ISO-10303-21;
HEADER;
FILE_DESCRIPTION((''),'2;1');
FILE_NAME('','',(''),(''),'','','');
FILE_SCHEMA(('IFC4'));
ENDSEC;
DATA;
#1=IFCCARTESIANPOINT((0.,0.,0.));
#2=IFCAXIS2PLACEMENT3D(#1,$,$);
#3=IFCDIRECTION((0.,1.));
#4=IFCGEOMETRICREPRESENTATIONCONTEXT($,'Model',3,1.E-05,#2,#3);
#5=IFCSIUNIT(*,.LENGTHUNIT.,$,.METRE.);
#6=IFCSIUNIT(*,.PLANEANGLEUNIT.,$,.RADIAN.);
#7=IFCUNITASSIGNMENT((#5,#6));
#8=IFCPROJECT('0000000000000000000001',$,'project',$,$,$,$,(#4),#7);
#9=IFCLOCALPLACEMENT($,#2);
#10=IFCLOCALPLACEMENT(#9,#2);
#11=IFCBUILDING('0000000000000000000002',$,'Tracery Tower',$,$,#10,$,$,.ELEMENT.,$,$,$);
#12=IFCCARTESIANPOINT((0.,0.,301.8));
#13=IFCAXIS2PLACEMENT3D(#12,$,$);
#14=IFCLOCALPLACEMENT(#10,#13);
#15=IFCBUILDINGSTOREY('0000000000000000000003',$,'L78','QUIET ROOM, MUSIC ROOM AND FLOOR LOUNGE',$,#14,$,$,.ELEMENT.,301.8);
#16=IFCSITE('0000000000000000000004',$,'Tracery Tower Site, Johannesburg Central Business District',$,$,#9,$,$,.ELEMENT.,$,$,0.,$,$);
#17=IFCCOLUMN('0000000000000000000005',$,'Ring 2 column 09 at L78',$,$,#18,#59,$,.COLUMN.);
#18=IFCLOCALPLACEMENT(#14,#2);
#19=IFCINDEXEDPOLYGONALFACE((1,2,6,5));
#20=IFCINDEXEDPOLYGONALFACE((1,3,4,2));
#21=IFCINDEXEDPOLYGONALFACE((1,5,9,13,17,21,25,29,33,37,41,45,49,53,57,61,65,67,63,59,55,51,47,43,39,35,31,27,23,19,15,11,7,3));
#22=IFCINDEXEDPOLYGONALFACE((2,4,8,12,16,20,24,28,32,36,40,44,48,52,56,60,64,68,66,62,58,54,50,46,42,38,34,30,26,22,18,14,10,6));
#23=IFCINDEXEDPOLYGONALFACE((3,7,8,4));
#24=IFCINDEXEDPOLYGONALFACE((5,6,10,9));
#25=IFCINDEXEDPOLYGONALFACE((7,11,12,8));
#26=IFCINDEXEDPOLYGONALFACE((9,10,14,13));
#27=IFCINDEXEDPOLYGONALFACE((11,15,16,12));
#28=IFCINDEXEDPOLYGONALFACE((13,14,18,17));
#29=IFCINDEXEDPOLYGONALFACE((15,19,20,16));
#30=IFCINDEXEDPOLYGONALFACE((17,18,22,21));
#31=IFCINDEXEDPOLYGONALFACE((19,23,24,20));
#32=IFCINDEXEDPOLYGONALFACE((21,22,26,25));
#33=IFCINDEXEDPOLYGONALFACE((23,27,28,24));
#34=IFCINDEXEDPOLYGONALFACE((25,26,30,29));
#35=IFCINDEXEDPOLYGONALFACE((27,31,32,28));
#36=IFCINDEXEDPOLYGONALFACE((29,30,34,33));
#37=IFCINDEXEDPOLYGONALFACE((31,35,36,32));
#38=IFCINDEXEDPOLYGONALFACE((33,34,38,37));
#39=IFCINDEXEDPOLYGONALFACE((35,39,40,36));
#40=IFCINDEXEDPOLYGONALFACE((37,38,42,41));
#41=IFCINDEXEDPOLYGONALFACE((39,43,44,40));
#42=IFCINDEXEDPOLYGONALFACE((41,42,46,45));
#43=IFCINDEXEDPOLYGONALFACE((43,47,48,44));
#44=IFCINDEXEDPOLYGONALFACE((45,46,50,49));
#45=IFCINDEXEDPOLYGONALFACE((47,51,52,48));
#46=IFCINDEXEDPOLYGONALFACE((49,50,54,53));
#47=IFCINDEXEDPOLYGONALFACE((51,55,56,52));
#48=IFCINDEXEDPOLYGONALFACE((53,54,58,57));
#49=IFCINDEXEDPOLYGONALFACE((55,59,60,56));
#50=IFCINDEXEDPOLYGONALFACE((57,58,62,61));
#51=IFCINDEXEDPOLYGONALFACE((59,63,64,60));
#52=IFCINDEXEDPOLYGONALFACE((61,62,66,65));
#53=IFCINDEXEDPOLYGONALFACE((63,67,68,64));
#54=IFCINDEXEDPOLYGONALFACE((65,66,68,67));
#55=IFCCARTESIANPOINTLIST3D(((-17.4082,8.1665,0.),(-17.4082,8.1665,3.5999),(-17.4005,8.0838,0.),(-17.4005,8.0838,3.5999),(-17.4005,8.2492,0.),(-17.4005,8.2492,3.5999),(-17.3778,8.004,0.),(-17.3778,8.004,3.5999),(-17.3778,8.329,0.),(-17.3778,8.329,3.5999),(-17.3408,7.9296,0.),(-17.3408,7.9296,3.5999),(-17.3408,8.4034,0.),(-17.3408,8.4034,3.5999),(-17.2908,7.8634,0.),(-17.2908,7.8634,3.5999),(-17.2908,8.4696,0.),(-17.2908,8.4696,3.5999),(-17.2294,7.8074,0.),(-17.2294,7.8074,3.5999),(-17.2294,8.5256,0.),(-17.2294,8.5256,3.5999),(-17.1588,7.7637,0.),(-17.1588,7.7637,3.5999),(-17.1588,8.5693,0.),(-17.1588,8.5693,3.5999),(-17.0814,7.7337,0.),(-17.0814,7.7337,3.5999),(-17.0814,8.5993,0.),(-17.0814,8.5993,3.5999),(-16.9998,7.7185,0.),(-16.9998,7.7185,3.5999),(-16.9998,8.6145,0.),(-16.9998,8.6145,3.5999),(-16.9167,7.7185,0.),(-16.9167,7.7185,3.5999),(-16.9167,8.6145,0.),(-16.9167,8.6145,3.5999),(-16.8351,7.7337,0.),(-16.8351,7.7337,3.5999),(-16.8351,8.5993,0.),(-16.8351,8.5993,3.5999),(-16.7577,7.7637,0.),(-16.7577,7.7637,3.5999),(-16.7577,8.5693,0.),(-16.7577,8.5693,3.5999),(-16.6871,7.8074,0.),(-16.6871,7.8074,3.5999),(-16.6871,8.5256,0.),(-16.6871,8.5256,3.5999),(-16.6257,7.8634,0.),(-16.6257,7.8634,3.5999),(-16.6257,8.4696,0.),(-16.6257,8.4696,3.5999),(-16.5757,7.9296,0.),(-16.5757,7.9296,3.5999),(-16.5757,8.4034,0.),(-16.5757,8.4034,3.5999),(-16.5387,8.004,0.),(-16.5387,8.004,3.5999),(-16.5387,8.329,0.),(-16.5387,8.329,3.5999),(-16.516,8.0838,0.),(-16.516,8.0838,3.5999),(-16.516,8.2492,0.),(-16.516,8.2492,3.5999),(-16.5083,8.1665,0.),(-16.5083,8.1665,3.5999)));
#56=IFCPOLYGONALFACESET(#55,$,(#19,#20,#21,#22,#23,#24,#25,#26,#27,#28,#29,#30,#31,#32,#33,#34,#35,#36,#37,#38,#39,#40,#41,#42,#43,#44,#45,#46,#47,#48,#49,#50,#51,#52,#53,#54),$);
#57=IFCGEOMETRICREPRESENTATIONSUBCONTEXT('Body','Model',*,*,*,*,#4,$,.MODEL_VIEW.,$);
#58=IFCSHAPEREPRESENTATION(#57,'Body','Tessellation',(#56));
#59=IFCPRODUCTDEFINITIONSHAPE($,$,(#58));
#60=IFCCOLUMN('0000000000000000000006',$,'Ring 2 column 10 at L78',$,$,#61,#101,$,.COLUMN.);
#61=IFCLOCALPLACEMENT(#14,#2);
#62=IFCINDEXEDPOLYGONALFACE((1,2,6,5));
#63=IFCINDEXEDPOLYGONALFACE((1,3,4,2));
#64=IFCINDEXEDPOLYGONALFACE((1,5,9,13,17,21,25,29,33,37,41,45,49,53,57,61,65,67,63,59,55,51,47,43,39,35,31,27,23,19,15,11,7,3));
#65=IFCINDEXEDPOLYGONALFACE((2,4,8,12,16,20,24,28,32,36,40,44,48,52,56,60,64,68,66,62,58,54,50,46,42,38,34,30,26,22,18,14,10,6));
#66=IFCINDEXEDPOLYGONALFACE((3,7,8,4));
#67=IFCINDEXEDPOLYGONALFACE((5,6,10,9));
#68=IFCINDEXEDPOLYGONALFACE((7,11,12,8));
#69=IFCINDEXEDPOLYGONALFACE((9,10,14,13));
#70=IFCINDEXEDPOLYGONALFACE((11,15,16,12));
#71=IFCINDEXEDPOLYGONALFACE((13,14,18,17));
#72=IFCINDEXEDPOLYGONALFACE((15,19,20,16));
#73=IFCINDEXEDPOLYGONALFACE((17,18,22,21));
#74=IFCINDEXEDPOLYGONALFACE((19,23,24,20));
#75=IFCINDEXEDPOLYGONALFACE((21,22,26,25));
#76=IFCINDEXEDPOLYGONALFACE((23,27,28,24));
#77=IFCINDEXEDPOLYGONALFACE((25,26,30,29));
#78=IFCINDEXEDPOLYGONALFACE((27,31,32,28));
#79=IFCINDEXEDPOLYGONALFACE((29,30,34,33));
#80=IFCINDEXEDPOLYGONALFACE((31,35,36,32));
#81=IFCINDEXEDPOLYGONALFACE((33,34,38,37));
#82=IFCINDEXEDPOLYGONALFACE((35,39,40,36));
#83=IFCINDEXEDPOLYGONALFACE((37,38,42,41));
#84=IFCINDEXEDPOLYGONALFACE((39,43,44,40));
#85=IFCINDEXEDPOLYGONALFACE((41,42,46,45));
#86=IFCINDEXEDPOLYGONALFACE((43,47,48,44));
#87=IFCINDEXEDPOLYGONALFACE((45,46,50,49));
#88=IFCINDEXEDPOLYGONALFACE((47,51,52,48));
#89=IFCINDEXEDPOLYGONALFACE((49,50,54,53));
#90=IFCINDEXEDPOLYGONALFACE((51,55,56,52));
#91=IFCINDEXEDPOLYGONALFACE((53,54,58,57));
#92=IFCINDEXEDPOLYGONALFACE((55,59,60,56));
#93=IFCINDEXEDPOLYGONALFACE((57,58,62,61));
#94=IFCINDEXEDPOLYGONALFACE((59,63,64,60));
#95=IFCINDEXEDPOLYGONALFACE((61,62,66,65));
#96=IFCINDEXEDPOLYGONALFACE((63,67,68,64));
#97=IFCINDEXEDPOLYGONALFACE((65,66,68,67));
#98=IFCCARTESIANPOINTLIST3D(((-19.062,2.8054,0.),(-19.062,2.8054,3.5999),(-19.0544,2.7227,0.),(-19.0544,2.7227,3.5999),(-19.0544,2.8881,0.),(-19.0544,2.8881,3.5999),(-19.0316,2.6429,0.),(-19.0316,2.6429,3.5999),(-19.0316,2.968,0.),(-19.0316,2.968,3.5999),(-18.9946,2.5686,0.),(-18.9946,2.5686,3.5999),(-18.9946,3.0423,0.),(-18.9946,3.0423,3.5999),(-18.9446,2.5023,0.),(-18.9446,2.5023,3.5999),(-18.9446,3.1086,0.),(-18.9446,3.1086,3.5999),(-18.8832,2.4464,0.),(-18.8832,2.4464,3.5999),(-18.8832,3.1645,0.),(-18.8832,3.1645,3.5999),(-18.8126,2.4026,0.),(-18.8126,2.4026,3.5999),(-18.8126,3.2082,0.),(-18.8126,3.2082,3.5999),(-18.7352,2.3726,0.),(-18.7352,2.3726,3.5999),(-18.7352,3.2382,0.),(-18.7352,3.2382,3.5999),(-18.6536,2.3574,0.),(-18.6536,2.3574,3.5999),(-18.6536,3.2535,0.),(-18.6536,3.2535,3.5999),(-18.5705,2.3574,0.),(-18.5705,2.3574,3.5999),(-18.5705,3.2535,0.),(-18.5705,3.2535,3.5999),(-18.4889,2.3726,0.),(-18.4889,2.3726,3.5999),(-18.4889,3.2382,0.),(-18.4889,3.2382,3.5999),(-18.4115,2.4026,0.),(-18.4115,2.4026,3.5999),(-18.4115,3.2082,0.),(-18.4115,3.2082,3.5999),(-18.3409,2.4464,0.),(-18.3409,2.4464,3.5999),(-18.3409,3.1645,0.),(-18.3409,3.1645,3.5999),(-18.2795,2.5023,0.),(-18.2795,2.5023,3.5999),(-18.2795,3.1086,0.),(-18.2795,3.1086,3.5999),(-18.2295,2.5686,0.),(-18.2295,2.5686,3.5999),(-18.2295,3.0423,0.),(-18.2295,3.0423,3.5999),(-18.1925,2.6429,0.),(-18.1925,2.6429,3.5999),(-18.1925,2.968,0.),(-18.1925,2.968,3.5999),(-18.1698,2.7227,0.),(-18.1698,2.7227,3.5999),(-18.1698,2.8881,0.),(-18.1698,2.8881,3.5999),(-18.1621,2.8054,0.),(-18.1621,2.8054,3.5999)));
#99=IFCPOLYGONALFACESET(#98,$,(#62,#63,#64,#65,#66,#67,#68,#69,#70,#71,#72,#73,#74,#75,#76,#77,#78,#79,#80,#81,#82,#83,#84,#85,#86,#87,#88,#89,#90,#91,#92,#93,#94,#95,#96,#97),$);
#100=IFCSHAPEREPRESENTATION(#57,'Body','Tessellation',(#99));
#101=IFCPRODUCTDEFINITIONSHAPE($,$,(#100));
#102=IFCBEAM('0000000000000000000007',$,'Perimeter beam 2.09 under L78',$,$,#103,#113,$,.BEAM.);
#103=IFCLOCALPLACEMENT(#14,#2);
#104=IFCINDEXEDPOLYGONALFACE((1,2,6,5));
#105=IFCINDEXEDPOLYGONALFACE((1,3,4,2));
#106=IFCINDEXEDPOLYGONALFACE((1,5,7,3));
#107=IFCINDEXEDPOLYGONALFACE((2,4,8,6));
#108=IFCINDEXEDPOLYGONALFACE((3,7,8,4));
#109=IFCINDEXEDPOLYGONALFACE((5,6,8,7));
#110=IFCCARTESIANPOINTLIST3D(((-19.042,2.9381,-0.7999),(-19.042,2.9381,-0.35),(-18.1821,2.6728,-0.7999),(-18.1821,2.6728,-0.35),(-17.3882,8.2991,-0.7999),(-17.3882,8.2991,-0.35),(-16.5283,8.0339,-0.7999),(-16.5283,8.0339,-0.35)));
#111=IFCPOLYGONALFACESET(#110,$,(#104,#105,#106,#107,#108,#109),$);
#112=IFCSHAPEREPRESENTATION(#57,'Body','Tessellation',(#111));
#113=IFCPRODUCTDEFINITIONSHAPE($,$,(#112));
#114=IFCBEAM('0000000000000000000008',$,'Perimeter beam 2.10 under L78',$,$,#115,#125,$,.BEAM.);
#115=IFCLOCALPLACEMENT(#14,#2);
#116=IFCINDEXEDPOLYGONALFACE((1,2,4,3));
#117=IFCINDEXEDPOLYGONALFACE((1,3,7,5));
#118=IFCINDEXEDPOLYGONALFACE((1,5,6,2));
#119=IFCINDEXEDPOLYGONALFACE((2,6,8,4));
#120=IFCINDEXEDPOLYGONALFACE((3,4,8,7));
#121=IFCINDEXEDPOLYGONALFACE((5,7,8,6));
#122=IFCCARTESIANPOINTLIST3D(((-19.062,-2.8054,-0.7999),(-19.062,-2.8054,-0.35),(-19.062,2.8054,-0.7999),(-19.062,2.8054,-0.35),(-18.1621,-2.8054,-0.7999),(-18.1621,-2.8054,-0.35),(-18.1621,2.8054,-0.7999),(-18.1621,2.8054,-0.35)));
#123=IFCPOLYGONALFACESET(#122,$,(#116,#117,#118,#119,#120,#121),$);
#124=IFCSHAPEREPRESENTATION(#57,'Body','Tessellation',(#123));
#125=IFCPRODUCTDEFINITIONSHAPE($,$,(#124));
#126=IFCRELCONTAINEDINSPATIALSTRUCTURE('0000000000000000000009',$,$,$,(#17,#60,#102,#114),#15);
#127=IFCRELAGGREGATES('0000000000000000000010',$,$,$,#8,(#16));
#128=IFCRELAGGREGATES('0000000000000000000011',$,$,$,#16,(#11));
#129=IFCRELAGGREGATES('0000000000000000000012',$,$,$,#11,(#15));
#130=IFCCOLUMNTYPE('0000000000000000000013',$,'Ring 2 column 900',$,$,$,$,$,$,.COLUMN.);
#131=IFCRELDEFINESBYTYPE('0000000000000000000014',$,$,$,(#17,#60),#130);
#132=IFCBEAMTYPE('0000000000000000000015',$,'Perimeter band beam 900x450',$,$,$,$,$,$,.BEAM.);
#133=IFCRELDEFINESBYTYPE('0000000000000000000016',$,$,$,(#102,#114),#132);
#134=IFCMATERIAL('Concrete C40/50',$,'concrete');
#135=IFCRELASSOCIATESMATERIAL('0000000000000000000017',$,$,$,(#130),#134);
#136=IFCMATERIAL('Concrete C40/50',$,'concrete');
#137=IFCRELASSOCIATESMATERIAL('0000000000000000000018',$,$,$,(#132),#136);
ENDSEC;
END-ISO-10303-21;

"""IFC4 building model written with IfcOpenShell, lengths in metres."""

from ifc_helpers import new_model, si_unit, direction, frame, origin, origin_2d, place, context, subcontext, project, spatial, rectangle, circle, extrude, material, material_profile, profile_set, type_object, element, save


model = new_model("IFC4")

# Units and contexts
model_context = context("Model", 3, precision=1e-05, world=origin(), true_north=direction((0.0, 1.0)))
body_context = subcontext(model_context, "Body", "Model", "MODEL_VIEW")
ifc_project = project(units=[si_unit("LENGTHUNIT", "METRE"), si_unit("PLANEANGLEUNIT", "RADIAN")], contexts=[model_context])

# Site, building, storey
site_placement = place(None, origin())
site = spatial("IfcSite", under=ifc_project, at=site_placement, Name="Tracery Tower Site, Johannesburg Central Business District", CompositionType="ELEMENT", RefElevation=0.0)
building_placement = place(site_placement, origin())
building = spatial("IfcBuilding", under=site, at=building_placement, Name="Tracery Tower", CompositionType="ELEMENT")
storey_placement = place(building_placement, frame((0.0, 0.0, 301.8)))
storey = spatial("IfcBuildingStorey", under=building, at=storey_placement, Name="L78", Description="QUIET ROOM, MUSIC ROOM AND FLOOR LOUNGE", CompositionType="ELEMENT", Elevation=301.8)

# Columns
ifc_material_1 = material(Name="Concrete C40/50", Category="concrete")
ifc_material_profile_1 = material_profile(ifc_material_1, circle(Radius=0.45, at=origin_2d()), Name="RC D900")
ifc_profile_set_1 = profile_set([ifc_material_profile_1], Name="Concrete C40/50")
column_type = type_object("IfcColumnType", Name="Ring 2 column 900", PredefinedType="COLUMN", material=ifc_profile_set_1)
for number, where, z_axis, x_axis, name in (
    (1, (-16.9583, 8.1665, 0.0), (0.0, 0.0, 1.0), (1.0, 0.0, 0.0), "Ring 2 column 09 at L78"),
    (2, (-18.6121, 2.8054, 0.0), (0.0, 0.0, 1.0), (1.0, 0.0, 0.0), "Ring 2 column 10 at L78"),
):
    element("IfcColumn", number, at=place(storey_placement, frame(where, z_axis=z_axis, x_axis=x_axis)), inside=storey, type_object=column_type, Name=name, PredefinedType="COLUMN", context=body_context, shape_type="SweptSolid", body=[
        extrude(circle(Radius=0.45, at=origin_2d()), origin(), (0.0, 0.0, 1.0), 3.5999),
    ])

# Beams
ifc_material_2 = material(Name="Concrete C40/50", Category="concrete")
ifc_material_profile_2 = material_profile(ifc_material_2, rectangle(XDim=0.8999, YDim=0.45, at=origin_2d()), Name="RC 900x450")
ifc_profile_set_2 = profile_set([ifc_material_profile_2], Name="Concrete C40/50")
beam_type = type_object("IfcBeamType", Name="Perimeter band beam 900x450", PredefinedType="BEAM", material=ifc_profile_set_2)
beam_1_placement = place(storey_placement, frame((-16.9583, 8.1665, -0.575), z_axis=(-0.294777, -0.955566, 0.0), x_axis=(0.955566, -0.294777, 0.0)))
element("IfcBeam", 3, at=beam_1_placement, inside=storey, type_object=beam_type, Name="Perimeter beam 2.09 under L78", PredefinedType="BEAM", context=body_context, shape_type="SweptSolid", body=[
    extrude(rectangle(XDim=0.8999, YDim=0.45, at=origin_2d()), origin(), (0.0, 0.0, 1.0), 5.6104),
])
beam_2_placement = place(storey_placement, frame((-18.6121, 2.8054, -0.575), z_axis=(0.0, -1.0, 0.0), x_axis=(1.0, 0.0, 0.0)))
element("IfcBeam", 4, at=beam_2_placement, inside=storey, type_object=beam_type, Name="Perimeter beam 2.10 under L78", PredefinedType="BEAM", context=body_context, shape_type="SweptSolid", body=[
    extrude(rectangle(XDim=0.8999, YDim=0.45, at=origin_2d()), origin(), (0.0, 0.0, 1.0), 5.6108),
])

save(model, "model.ifc")
